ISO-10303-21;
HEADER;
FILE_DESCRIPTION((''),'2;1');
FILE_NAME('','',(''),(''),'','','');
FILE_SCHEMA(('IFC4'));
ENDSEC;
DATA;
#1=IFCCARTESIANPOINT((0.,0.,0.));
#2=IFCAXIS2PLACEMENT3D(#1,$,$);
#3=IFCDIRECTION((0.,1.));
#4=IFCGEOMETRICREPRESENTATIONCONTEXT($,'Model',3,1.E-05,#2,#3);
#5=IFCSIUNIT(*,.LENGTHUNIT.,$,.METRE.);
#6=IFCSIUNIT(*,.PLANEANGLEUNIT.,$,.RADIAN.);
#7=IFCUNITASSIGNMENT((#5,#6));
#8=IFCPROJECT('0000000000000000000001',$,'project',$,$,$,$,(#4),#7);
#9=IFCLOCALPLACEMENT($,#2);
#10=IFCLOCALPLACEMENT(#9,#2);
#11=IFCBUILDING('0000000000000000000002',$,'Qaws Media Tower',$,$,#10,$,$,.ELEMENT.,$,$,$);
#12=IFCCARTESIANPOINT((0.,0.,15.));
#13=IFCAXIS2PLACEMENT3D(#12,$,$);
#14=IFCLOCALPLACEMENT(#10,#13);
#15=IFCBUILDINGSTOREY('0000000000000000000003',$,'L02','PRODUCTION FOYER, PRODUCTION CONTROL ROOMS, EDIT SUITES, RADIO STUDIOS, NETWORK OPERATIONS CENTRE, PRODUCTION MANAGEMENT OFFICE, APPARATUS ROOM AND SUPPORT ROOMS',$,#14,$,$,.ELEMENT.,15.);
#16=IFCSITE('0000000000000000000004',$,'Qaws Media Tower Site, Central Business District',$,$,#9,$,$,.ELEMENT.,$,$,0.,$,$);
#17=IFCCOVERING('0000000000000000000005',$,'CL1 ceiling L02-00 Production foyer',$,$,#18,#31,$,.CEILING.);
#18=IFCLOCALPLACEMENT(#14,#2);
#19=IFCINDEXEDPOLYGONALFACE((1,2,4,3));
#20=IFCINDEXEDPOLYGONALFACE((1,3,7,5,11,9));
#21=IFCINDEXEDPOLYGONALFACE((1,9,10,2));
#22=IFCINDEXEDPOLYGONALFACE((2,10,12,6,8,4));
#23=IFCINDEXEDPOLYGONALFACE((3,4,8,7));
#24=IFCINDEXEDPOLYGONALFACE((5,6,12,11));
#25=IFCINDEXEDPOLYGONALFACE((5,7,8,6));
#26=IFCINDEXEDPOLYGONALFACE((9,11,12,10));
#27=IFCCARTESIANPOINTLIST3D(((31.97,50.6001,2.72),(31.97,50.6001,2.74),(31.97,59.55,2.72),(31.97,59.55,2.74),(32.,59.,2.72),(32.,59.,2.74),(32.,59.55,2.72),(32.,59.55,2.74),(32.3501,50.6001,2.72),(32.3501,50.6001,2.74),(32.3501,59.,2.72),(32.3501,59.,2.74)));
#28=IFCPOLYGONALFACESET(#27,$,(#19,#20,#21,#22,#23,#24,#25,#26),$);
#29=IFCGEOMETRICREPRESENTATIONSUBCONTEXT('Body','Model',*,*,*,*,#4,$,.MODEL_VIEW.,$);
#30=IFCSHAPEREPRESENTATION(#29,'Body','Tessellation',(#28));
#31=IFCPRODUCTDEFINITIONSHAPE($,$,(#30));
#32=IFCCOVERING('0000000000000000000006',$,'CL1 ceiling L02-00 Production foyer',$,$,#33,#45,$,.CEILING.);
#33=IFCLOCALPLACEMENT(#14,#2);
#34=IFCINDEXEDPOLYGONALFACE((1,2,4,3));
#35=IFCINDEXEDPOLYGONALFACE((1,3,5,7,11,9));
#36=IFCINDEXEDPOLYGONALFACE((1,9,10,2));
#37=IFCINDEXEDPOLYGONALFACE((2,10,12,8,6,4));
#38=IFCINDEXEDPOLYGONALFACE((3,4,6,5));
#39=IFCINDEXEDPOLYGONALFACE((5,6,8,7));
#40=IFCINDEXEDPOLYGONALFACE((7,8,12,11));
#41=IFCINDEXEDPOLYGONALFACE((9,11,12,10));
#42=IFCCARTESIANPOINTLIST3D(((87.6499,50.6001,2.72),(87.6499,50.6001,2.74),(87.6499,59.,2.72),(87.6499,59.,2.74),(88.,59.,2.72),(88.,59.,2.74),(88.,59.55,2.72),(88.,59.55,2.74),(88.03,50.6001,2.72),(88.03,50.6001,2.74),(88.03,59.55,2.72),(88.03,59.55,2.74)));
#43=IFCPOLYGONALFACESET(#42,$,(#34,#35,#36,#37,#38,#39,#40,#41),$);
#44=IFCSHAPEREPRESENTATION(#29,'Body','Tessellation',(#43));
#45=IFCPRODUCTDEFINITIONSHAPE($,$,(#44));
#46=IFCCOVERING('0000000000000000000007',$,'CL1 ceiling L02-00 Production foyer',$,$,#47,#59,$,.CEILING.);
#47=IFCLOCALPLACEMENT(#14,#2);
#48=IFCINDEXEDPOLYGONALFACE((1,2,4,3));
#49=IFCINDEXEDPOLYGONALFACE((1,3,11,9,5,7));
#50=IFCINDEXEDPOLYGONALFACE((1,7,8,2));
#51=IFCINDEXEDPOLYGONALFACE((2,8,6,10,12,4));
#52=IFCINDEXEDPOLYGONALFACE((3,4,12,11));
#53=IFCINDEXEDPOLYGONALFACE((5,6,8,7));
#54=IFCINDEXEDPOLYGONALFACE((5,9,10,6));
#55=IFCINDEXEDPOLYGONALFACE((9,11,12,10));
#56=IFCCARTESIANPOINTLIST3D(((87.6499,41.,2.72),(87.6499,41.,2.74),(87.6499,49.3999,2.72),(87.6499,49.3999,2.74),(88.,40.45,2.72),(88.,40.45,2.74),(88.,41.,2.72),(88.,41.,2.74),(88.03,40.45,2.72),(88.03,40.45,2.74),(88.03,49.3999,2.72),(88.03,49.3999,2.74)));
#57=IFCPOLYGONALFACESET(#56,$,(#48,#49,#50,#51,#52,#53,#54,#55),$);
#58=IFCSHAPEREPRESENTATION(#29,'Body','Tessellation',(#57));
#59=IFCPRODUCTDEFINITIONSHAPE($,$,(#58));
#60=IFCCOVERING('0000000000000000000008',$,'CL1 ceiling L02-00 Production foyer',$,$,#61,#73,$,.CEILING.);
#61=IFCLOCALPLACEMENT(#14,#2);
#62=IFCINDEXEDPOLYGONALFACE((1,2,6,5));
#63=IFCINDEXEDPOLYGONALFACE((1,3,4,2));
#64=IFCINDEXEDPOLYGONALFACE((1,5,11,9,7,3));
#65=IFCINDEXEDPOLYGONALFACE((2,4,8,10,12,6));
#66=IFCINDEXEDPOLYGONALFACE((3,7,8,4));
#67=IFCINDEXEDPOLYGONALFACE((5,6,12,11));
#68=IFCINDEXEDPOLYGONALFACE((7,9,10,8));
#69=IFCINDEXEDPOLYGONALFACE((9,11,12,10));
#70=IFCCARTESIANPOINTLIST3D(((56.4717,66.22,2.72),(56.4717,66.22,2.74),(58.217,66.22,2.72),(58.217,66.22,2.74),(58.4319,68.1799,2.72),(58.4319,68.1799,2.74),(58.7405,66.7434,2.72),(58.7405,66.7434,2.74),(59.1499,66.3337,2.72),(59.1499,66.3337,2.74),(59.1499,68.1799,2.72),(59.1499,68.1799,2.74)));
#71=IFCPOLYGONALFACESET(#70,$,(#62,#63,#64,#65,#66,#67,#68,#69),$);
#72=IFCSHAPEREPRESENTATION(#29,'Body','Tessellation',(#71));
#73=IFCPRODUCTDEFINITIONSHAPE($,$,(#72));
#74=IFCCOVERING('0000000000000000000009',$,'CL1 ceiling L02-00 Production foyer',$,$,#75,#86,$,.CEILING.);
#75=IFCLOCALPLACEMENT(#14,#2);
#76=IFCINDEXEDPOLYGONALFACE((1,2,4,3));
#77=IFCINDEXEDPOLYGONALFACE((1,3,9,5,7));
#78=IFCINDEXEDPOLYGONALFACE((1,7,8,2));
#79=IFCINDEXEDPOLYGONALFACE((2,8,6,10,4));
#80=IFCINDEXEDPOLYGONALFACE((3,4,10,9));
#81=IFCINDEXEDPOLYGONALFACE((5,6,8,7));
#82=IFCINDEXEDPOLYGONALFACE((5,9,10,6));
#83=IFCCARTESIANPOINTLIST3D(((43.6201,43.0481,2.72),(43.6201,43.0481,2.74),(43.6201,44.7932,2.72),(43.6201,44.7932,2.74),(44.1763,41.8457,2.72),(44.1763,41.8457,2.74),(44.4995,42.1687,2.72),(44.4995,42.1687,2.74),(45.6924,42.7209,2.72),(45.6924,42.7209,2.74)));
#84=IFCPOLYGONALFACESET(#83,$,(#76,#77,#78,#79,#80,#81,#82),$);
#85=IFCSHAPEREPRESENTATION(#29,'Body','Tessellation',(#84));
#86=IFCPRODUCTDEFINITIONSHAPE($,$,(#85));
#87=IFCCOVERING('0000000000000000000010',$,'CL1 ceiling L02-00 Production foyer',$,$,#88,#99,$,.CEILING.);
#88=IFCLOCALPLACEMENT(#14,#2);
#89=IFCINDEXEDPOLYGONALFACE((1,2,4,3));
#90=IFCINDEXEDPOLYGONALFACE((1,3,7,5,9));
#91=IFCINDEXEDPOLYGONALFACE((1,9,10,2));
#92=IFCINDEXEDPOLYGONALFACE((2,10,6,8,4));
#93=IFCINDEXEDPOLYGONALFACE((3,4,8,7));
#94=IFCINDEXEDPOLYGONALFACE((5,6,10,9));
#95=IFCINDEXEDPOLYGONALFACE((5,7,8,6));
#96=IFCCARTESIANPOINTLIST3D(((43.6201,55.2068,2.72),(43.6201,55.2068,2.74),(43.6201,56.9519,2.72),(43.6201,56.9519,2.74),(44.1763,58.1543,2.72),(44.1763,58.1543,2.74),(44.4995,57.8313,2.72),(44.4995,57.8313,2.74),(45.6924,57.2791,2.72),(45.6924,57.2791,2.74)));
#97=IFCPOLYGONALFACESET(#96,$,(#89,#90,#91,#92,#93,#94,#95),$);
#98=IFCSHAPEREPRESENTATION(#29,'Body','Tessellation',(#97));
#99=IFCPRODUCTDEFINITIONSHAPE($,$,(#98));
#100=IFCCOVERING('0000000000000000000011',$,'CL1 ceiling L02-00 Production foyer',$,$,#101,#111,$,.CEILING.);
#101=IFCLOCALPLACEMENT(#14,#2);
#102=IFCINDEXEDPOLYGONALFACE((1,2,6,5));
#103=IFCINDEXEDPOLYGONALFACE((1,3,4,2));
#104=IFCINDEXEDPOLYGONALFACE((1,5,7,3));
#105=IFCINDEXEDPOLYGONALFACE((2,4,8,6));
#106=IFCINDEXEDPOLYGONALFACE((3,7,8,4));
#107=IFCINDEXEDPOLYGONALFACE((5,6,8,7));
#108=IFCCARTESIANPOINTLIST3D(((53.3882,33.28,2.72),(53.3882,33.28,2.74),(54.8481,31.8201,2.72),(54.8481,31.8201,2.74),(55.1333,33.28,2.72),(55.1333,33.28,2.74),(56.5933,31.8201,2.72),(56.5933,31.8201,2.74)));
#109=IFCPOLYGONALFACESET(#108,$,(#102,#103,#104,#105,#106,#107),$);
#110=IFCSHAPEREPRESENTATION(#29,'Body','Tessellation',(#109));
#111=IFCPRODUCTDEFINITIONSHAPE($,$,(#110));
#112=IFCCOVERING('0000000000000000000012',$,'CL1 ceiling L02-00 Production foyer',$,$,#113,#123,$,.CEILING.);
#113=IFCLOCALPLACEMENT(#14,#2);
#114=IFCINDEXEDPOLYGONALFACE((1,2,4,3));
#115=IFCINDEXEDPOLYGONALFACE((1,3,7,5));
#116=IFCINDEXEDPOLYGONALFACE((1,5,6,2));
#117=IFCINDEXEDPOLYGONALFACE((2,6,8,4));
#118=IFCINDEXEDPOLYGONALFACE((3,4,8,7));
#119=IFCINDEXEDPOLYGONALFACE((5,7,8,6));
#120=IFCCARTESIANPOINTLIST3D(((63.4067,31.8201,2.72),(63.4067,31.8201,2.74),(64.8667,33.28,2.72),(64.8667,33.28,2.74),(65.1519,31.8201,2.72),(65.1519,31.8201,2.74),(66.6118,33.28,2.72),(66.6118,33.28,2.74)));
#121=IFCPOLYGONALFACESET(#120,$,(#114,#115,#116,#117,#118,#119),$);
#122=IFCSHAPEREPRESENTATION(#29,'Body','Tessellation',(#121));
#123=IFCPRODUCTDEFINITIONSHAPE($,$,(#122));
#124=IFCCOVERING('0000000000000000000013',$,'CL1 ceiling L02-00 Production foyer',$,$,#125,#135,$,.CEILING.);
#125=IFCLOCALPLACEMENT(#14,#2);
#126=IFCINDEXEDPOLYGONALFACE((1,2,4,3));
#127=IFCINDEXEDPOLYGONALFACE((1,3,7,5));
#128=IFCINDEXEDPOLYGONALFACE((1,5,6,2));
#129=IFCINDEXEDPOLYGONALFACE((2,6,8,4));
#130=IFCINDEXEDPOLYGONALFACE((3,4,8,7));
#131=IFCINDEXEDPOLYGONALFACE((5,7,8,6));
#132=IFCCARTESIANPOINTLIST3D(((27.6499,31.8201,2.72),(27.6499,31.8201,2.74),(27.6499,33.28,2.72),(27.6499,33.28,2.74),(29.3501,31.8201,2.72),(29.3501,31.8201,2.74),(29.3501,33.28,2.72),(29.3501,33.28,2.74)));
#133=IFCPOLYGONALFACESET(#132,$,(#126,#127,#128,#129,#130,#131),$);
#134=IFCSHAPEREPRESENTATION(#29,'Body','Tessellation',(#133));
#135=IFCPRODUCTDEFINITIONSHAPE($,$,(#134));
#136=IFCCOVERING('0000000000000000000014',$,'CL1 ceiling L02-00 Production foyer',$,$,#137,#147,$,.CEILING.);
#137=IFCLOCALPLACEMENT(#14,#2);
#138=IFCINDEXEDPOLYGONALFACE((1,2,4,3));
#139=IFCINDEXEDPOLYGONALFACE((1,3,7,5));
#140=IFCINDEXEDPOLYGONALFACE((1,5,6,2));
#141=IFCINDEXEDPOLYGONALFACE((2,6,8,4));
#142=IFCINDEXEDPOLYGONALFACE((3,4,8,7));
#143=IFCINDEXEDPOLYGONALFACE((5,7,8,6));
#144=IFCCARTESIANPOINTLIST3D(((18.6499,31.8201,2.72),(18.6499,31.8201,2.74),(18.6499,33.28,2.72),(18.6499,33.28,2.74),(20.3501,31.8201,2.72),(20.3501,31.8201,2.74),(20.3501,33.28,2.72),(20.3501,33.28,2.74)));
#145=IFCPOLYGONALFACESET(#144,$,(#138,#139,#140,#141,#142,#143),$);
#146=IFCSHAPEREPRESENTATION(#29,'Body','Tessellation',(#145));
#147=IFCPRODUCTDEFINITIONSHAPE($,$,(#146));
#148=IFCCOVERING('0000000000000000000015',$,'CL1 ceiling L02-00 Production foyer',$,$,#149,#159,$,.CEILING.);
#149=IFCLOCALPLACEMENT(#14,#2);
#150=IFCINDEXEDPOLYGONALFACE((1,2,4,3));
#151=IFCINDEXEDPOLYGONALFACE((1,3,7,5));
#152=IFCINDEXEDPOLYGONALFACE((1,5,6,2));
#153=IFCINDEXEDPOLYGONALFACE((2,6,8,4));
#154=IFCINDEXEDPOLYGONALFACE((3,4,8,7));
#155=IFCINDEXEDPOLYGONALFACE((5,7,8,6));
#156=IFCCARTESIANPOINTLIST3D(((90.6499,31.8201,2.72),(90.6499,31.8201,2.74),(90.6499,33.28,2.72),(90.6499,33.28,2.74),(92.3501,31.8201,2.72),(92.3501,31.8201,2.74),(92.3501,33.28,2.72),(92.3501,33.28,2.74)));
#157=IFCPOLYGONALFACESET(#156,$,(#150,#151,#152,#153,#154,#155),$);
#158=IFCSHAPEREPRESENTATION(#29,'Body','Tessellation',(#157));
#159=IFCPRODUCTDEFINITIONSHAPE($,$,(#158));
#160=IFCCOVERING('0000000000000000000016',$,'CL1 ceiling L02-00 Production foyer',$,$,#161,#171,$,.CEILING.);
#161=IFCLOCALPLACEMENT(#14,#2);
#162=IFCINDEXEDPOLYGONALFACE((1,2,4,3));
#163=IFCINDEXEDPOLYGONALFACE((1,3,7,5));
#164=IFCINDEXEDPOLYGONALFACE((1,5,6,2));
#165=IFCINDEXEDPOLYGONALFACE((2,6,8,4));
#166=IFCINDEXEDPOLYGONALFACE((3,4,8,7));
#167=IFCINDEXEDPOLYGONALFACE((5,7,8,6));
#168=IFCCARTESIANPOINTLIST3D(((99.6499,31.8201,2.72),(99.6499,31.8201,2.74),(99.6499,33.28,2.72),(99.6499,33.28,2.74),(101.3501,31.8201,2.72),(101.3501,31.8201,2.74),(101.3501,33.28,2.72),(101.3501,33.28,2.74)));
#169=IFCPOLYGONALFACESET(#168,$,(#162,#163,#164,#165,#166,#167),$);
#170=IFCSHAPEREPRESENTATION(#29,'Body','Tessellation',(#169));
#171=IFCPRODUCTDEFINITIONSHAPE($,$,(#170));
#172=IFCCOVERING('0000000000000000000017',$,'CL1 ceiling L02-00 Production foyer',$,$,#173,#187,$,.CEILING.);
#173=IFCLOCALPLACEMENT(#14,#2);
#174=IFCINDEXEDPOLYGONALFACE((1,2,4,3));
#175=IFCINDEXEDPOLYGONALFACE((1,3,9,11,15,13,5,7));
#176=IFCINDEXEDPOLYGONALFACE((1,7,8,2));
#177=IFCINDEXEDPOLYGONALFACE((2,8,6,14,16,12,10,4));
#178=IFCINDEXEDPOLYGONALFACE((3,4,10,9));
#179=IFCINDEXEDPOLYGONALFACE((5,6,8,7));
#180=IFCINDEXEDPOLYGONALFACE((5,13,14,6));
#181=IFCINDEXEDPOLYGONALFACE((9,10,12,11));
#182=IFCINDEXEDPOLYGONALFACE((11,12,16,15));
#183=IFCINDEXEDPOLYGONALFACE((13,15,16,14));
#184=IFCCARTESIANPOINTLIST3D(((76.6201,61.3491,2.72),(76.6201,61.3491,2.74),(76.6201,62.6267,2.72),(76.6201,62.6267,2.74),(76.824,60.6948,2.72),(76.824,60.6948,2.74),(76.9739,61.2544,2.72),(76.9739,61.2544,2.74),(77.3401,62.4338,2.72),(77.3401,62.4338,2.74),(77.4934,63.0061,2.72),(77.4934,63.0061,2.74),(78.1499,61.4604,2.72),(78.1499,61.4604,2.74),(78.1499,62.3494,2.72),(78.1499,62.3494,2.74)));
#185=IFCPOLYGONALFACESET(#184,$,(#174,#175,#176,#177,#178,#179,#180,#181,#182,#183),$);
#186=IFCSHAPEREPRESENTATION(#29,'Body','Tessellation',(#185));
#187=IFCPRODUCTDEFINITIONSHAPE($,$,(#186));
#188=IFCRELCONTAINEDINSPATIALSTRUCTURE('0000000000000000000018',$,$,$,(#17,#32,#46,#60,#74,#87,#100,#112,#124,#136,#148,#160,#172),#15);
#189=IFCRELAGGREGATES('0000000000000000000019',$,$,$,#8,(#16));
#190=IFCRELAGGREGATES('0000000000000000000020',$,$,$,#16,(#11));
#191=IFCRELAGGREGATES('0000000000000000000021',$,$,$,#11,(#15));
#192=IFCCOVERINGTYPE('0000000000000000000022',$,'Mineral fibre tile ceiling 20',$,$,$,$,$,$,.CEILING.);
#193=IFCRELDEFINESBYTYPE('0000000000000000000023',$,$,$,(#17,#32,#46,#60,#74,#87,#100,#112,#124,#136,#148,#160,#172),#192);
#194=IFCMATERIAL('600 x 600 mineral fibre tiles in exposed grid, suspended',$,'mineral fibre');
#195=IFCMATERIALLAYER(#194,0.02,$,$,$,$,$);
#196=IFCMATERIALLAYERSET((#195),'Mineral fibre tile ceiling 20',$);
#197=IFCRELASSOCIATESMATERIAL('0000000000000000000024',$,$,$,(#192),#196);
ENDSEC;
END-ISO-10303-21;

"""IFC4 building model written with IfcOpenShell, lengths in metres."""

from ifc_helpers import new_model, si_unit, direction, frame, origin, place, context, subcontext, project, spatial, polyline, outline, extrude, material, layer, layer_set, type_object, element, save


model = new_model("IFC4")

# Units and contexts
model_context = context("Model", 3, precision=1e-05, world=origin(), true_north=direction((0.0, 1.0)))
body_context = subcontext(model_context, "Body", "Model", "MODEL_VIEW")
ifc_project = project(units=[si_unit("LENGTHUNIT", "METRE"), si_unit("PLANEANGLEUNIT", "RADIAN")], contexts=[model_context])

# Site, building, storey
site_placement = place(None, origin())
site = spatial("IfcSite", under=ifc_project, at=site_placement, Name="Qaws Media Tower Site, Central Business District", CompositionType="ELEMENT", RefElevation=0.0)
building_placement = place(site_placement, origin())
building = spatial("IfcBuilding", under=site, at=building_placement, Name="Qaws Media Tower", CompositionType="ELEMENT")
storey_placement = place(building_placement, frame((0.0, 0.0, 15.0)))
storey = spatial("IfcBuildingStorey", under=building, at=storey_placement, Name="L02", Description="PRODUCTION FOYER, PRODUCTION CONTROL ROOMS, EDIT SUITES, RADIO STUDIOS, NETWORK OPERATIONS CENTRE, PRODUCTION MANAGEMENT OFFICE, APPARATUS ROOM AND SUPPORT ROOMS", CompositionType="ELEMENT", Elevation=15.0)

# Coverings
ifc_material = material(Name="600 x 600 mineral fibre tiles in exposed grid, suspended", Category="mineral fibre")
ifc_layer = layer(ifc_material, 0.02)
ifc_layer_set = layer_set([ifc_layer], Name="Mineral fibre tile ceiling 20")
covering_type = type_object("IfcCoveringType", Name="Mineral fibre tile ceiling 20", PredefinedType="CEILING", material=ifc_layer_set)
covering_1_placement = place(storey_placement, frame((0.0, 0.0, 2.72)))
element("IfcCovering", 1, at=covering_1_placement, inside=storey, type_object=covering_type, Name="CL1 ceiling L02-00 Production foyer", PredefinedType="CEILING", context=body_context, shape_type="SweptSolid", body=[
    extrude(outline(polyline([(31.97, 59.55), (32.0, 59.55), (32.0, 59.0), (32.3501, 59.0), (32.3501, 50.6001), (31.97, 50.6001), (31.97, 59.55)])), origin(), (0.0, 0.0, 1.0), 0.02),
])
covering_2_placement = place(storey_placement, frame((0.0, 0.0, 2.72)))
element("IfcCovering", 2, at=covering_2_placement, inside=storey, type_object=covering_type, Name="CL1 ceiling L02-00 Production foyer", PredefinedType="CEILING", context=body_context, shape_type="SweptSolid", body=[
    extrude(outline(polyline([(88.03, 50.6001), (87.6499, 50.6001), (87.6499, 59.0), (88.0, 59.0), (88.0, 59.55), (88.03, 59.55), (88.03, 50.6001)])), origin(), (0.0, 0.0, 1.0), 0.02),
])
covering_3_placement = place(storey_placement, frame((0.0, 0.0, 2.72)))
element("IfcCovering", 3, at=covering_3_placement, inside=storey, type_object=covering_type, Name="CL1 ceiling L02-00 Production foyer", PredefinedType="CEILING", context=body_context, shape_type="SweptSolid", body=[
    extrude(outline(polyline([(88.03, 40.45), (88.0, 40.45), (88.0, 41.0), (87.6499, 41.0), (87.6499, 49.3999), (88.03, 49.3999), (88.03, 40.45)])), origin(), (0.0, 0.0, 1.0), 0.02),
])
covering_4_placement = place(storey_placement, frame((0.0, 0.0, 2.72)))
element("IfcCovering", 4, at=covering_4_placement, inside=storey, type_object=covering_type, Name="CL1 ceiling L02-00 Production foyer", PredefinedType="CEILING", context=body_context, shape_type="SweptSolid", body=[
    extrude(outline(polyline([(59.1499, 68.1799), (59.1499, 66.3337), (58.7405, 66.7434), (58.217, 66.22), (56.4717, 66.22), (58.4319, 68.1799), (59.1499, 68.1799)])), origin(), (0.0, 0.0, 1.0), 0.02),
])
covering_5_placement = place(storey_placement, frame((0.0, 0.0, 2.72)))
element("IfcCovering", 5, at=covering_5_placement, inside=storey, type_object=covering_type, Name="CL1 ceiling L02-00 Production foyer", PredefinedType="CEILING", context=body_context, shape_type="SweptSolid", body=[
    extrude(outline(polyline([(43.6201, 44.7932), (45.6924, 42.7209), (44.1763, 41.8457), (44.4995, 42.1687), (43.6201, 43.0481), (43.6201, 44.7932)])), origin(), (0.0, 0.0, 1.0), 0.02),
])
covering_6_placement = place(storey_placement, frame((0.0, 0.0, 2.72)))
element("IfcCovering", 6, at=covering_6_placement, inside=storey, type_object=covering_type, Name="CL1 ceiling L02-00 Production foyer", PredefinedType="CEILING", context=body_context, shape_type="SweptSolid", body=[
    extrude(outline(polyline([(43.6201, 56.9519), (44.4995, 57.8313), (44.1763, 58.1543), (45.6924, 57.2791), (43.6201, 55.2068), (43.6201, 56.9519)])), origin(), (0.0, 0.0, 1.0), 0.02),
])
covering_7_placement = place(storey_placement, frame((0.0, 0.0, 2.72)))
element("IfcCovering", 7, at=covering_7_placement, inside=storey, type_object=covering_type, Name="CL1 ceiling L02-00 Production foyer", PredefinedType="CEILING", context=body_context, shape_type="SweptSolid", body=[
    extrude(outline(polyline([(54.8481, 31.8201), (53.3882, 33.28), (55.1333, 33.28), (56.5933, 31.8201), (54.8481, 31.8201)])), origin(), (0.0, 0.0, 1.0), 0.02),
])
covering_8_placement = place(storey_placement, frame((0.0, 0.0, 2.72)))
element("IfcCovering", 8, at=covering_8_placement, inside=storey, type_object=covering_type, Name="CL1 ceiling L02-00 Production foyer", PredefinedType="CEILING", context=body_context, shape_type="SweptSolid", body=[
    extrude(outline(polyline([(63.4067, 31.8201), (64.8667, 33.28), (66.6118, 33.28), (65.1519, 31.8201), (63.4067, 31.8201)])), origin(), (0.0, 0.0, 1.0), 0.02),
])
covering_9_placement = place(storey_placement, frame((0.0, 0.0, 2.72)))
element("IfcCovering", 9, at=covering_9_placement, inside=storey, type_object=covering_type, Name="CL1 ceiling L02-00 Production foyer", PredefinedType="CEILING", context=body_context, shape_type="SweptSolid", body=[
    extrude(outline(polyline([(27.6499, 31.8201), (27.6499, 33.28), (29.3501, 33.28), (29.3501, 31.8201), (27.6499, 31.8201)])), origin(), (0.0, 0.0, 1.0), 0.02),
])
covering_10_placement = place(storey_placement, frame((0.0, 0.0, 2.72)))
element("IfcCovering", 10, at=covering_10_placement, inside=storey, type_object=covering_type, Name="CL1 ceiling L02-00 Production foyer", PredefinedType="CEILING", context=body_context, shape_type="SweptSolid", body=[
    extrude(outline(polyline([(18.6499, 31.8201), (18.6499, 33.28), (20.3501, 33.28), (20.3501, 31.8201), (18.6499, 31.8201)])), origin(), (0.0, 0.0, 1.0), 0.02),
])
covering_11_placement = place(storey_placement, frame((0.0, 0.0, 2.72)))
element("IfcCovering", 11, at=covering_11_placement, inside=storey, type_object=covering_type, Name="CL1 ceiling L02-00 Production foyer", PredefinedType="CEILING", context=body_context, shape_type="SweptSolid", body=[
    extrude(outline(polyline([(92.3501, 33.28), (92.3501, 31.8201), (90.6499, 31.8201), (90.6499, 33.28), (92.3501, 33.28)])), origin(), (0.0, 0.0, 1.0), 0.02),
])
covering_12_placement = place(storey_placement, frame((0.0, 0.0, 2.72)))
element("IfcCovering", 12, at=covering_12_placement, inside=storey, type_object=covering_type, Name="CL1 ceiling L02-00 Production foyer", PredefinedType="CEILING", context=body_context, shape_type="SweptSolid", body=[
    extrude(outline(polyline([(101.3501, 33.28), (101.3501, 31.8201), (99.6499, 31.8201), (99.6499, 33.28), (101.3501, 33.28)])), origin(), (0.0, 0.0, 1.0), 0.02),
])
covering_13_placement = place(storey_placement, frame((0.0, 0.0, 2.72)))
element("IfcCovering", 13, at=covering_13_placement, inside=storey, type_object=covering_type, Name="CL1 ceiling L02-00 Production foyer", PredefinedType="CEILING", context=body_context, shape_type="SweptSolid", body=[
    extrude(outline(polyline([(78.1499, 61.4604), (76.824, 60.6948), (76.9739, 61.2544), (76.6201, 61.3491), (76.6201, 62.6267), (77.3401, 62.4338), (77.4934, 63.0061), (78.1499, 62.3494), (78.1499, 61.4604)])), origin(), (0.0, 0.0, 1.0), 0.02),
])

save(model, "model.ifc")
